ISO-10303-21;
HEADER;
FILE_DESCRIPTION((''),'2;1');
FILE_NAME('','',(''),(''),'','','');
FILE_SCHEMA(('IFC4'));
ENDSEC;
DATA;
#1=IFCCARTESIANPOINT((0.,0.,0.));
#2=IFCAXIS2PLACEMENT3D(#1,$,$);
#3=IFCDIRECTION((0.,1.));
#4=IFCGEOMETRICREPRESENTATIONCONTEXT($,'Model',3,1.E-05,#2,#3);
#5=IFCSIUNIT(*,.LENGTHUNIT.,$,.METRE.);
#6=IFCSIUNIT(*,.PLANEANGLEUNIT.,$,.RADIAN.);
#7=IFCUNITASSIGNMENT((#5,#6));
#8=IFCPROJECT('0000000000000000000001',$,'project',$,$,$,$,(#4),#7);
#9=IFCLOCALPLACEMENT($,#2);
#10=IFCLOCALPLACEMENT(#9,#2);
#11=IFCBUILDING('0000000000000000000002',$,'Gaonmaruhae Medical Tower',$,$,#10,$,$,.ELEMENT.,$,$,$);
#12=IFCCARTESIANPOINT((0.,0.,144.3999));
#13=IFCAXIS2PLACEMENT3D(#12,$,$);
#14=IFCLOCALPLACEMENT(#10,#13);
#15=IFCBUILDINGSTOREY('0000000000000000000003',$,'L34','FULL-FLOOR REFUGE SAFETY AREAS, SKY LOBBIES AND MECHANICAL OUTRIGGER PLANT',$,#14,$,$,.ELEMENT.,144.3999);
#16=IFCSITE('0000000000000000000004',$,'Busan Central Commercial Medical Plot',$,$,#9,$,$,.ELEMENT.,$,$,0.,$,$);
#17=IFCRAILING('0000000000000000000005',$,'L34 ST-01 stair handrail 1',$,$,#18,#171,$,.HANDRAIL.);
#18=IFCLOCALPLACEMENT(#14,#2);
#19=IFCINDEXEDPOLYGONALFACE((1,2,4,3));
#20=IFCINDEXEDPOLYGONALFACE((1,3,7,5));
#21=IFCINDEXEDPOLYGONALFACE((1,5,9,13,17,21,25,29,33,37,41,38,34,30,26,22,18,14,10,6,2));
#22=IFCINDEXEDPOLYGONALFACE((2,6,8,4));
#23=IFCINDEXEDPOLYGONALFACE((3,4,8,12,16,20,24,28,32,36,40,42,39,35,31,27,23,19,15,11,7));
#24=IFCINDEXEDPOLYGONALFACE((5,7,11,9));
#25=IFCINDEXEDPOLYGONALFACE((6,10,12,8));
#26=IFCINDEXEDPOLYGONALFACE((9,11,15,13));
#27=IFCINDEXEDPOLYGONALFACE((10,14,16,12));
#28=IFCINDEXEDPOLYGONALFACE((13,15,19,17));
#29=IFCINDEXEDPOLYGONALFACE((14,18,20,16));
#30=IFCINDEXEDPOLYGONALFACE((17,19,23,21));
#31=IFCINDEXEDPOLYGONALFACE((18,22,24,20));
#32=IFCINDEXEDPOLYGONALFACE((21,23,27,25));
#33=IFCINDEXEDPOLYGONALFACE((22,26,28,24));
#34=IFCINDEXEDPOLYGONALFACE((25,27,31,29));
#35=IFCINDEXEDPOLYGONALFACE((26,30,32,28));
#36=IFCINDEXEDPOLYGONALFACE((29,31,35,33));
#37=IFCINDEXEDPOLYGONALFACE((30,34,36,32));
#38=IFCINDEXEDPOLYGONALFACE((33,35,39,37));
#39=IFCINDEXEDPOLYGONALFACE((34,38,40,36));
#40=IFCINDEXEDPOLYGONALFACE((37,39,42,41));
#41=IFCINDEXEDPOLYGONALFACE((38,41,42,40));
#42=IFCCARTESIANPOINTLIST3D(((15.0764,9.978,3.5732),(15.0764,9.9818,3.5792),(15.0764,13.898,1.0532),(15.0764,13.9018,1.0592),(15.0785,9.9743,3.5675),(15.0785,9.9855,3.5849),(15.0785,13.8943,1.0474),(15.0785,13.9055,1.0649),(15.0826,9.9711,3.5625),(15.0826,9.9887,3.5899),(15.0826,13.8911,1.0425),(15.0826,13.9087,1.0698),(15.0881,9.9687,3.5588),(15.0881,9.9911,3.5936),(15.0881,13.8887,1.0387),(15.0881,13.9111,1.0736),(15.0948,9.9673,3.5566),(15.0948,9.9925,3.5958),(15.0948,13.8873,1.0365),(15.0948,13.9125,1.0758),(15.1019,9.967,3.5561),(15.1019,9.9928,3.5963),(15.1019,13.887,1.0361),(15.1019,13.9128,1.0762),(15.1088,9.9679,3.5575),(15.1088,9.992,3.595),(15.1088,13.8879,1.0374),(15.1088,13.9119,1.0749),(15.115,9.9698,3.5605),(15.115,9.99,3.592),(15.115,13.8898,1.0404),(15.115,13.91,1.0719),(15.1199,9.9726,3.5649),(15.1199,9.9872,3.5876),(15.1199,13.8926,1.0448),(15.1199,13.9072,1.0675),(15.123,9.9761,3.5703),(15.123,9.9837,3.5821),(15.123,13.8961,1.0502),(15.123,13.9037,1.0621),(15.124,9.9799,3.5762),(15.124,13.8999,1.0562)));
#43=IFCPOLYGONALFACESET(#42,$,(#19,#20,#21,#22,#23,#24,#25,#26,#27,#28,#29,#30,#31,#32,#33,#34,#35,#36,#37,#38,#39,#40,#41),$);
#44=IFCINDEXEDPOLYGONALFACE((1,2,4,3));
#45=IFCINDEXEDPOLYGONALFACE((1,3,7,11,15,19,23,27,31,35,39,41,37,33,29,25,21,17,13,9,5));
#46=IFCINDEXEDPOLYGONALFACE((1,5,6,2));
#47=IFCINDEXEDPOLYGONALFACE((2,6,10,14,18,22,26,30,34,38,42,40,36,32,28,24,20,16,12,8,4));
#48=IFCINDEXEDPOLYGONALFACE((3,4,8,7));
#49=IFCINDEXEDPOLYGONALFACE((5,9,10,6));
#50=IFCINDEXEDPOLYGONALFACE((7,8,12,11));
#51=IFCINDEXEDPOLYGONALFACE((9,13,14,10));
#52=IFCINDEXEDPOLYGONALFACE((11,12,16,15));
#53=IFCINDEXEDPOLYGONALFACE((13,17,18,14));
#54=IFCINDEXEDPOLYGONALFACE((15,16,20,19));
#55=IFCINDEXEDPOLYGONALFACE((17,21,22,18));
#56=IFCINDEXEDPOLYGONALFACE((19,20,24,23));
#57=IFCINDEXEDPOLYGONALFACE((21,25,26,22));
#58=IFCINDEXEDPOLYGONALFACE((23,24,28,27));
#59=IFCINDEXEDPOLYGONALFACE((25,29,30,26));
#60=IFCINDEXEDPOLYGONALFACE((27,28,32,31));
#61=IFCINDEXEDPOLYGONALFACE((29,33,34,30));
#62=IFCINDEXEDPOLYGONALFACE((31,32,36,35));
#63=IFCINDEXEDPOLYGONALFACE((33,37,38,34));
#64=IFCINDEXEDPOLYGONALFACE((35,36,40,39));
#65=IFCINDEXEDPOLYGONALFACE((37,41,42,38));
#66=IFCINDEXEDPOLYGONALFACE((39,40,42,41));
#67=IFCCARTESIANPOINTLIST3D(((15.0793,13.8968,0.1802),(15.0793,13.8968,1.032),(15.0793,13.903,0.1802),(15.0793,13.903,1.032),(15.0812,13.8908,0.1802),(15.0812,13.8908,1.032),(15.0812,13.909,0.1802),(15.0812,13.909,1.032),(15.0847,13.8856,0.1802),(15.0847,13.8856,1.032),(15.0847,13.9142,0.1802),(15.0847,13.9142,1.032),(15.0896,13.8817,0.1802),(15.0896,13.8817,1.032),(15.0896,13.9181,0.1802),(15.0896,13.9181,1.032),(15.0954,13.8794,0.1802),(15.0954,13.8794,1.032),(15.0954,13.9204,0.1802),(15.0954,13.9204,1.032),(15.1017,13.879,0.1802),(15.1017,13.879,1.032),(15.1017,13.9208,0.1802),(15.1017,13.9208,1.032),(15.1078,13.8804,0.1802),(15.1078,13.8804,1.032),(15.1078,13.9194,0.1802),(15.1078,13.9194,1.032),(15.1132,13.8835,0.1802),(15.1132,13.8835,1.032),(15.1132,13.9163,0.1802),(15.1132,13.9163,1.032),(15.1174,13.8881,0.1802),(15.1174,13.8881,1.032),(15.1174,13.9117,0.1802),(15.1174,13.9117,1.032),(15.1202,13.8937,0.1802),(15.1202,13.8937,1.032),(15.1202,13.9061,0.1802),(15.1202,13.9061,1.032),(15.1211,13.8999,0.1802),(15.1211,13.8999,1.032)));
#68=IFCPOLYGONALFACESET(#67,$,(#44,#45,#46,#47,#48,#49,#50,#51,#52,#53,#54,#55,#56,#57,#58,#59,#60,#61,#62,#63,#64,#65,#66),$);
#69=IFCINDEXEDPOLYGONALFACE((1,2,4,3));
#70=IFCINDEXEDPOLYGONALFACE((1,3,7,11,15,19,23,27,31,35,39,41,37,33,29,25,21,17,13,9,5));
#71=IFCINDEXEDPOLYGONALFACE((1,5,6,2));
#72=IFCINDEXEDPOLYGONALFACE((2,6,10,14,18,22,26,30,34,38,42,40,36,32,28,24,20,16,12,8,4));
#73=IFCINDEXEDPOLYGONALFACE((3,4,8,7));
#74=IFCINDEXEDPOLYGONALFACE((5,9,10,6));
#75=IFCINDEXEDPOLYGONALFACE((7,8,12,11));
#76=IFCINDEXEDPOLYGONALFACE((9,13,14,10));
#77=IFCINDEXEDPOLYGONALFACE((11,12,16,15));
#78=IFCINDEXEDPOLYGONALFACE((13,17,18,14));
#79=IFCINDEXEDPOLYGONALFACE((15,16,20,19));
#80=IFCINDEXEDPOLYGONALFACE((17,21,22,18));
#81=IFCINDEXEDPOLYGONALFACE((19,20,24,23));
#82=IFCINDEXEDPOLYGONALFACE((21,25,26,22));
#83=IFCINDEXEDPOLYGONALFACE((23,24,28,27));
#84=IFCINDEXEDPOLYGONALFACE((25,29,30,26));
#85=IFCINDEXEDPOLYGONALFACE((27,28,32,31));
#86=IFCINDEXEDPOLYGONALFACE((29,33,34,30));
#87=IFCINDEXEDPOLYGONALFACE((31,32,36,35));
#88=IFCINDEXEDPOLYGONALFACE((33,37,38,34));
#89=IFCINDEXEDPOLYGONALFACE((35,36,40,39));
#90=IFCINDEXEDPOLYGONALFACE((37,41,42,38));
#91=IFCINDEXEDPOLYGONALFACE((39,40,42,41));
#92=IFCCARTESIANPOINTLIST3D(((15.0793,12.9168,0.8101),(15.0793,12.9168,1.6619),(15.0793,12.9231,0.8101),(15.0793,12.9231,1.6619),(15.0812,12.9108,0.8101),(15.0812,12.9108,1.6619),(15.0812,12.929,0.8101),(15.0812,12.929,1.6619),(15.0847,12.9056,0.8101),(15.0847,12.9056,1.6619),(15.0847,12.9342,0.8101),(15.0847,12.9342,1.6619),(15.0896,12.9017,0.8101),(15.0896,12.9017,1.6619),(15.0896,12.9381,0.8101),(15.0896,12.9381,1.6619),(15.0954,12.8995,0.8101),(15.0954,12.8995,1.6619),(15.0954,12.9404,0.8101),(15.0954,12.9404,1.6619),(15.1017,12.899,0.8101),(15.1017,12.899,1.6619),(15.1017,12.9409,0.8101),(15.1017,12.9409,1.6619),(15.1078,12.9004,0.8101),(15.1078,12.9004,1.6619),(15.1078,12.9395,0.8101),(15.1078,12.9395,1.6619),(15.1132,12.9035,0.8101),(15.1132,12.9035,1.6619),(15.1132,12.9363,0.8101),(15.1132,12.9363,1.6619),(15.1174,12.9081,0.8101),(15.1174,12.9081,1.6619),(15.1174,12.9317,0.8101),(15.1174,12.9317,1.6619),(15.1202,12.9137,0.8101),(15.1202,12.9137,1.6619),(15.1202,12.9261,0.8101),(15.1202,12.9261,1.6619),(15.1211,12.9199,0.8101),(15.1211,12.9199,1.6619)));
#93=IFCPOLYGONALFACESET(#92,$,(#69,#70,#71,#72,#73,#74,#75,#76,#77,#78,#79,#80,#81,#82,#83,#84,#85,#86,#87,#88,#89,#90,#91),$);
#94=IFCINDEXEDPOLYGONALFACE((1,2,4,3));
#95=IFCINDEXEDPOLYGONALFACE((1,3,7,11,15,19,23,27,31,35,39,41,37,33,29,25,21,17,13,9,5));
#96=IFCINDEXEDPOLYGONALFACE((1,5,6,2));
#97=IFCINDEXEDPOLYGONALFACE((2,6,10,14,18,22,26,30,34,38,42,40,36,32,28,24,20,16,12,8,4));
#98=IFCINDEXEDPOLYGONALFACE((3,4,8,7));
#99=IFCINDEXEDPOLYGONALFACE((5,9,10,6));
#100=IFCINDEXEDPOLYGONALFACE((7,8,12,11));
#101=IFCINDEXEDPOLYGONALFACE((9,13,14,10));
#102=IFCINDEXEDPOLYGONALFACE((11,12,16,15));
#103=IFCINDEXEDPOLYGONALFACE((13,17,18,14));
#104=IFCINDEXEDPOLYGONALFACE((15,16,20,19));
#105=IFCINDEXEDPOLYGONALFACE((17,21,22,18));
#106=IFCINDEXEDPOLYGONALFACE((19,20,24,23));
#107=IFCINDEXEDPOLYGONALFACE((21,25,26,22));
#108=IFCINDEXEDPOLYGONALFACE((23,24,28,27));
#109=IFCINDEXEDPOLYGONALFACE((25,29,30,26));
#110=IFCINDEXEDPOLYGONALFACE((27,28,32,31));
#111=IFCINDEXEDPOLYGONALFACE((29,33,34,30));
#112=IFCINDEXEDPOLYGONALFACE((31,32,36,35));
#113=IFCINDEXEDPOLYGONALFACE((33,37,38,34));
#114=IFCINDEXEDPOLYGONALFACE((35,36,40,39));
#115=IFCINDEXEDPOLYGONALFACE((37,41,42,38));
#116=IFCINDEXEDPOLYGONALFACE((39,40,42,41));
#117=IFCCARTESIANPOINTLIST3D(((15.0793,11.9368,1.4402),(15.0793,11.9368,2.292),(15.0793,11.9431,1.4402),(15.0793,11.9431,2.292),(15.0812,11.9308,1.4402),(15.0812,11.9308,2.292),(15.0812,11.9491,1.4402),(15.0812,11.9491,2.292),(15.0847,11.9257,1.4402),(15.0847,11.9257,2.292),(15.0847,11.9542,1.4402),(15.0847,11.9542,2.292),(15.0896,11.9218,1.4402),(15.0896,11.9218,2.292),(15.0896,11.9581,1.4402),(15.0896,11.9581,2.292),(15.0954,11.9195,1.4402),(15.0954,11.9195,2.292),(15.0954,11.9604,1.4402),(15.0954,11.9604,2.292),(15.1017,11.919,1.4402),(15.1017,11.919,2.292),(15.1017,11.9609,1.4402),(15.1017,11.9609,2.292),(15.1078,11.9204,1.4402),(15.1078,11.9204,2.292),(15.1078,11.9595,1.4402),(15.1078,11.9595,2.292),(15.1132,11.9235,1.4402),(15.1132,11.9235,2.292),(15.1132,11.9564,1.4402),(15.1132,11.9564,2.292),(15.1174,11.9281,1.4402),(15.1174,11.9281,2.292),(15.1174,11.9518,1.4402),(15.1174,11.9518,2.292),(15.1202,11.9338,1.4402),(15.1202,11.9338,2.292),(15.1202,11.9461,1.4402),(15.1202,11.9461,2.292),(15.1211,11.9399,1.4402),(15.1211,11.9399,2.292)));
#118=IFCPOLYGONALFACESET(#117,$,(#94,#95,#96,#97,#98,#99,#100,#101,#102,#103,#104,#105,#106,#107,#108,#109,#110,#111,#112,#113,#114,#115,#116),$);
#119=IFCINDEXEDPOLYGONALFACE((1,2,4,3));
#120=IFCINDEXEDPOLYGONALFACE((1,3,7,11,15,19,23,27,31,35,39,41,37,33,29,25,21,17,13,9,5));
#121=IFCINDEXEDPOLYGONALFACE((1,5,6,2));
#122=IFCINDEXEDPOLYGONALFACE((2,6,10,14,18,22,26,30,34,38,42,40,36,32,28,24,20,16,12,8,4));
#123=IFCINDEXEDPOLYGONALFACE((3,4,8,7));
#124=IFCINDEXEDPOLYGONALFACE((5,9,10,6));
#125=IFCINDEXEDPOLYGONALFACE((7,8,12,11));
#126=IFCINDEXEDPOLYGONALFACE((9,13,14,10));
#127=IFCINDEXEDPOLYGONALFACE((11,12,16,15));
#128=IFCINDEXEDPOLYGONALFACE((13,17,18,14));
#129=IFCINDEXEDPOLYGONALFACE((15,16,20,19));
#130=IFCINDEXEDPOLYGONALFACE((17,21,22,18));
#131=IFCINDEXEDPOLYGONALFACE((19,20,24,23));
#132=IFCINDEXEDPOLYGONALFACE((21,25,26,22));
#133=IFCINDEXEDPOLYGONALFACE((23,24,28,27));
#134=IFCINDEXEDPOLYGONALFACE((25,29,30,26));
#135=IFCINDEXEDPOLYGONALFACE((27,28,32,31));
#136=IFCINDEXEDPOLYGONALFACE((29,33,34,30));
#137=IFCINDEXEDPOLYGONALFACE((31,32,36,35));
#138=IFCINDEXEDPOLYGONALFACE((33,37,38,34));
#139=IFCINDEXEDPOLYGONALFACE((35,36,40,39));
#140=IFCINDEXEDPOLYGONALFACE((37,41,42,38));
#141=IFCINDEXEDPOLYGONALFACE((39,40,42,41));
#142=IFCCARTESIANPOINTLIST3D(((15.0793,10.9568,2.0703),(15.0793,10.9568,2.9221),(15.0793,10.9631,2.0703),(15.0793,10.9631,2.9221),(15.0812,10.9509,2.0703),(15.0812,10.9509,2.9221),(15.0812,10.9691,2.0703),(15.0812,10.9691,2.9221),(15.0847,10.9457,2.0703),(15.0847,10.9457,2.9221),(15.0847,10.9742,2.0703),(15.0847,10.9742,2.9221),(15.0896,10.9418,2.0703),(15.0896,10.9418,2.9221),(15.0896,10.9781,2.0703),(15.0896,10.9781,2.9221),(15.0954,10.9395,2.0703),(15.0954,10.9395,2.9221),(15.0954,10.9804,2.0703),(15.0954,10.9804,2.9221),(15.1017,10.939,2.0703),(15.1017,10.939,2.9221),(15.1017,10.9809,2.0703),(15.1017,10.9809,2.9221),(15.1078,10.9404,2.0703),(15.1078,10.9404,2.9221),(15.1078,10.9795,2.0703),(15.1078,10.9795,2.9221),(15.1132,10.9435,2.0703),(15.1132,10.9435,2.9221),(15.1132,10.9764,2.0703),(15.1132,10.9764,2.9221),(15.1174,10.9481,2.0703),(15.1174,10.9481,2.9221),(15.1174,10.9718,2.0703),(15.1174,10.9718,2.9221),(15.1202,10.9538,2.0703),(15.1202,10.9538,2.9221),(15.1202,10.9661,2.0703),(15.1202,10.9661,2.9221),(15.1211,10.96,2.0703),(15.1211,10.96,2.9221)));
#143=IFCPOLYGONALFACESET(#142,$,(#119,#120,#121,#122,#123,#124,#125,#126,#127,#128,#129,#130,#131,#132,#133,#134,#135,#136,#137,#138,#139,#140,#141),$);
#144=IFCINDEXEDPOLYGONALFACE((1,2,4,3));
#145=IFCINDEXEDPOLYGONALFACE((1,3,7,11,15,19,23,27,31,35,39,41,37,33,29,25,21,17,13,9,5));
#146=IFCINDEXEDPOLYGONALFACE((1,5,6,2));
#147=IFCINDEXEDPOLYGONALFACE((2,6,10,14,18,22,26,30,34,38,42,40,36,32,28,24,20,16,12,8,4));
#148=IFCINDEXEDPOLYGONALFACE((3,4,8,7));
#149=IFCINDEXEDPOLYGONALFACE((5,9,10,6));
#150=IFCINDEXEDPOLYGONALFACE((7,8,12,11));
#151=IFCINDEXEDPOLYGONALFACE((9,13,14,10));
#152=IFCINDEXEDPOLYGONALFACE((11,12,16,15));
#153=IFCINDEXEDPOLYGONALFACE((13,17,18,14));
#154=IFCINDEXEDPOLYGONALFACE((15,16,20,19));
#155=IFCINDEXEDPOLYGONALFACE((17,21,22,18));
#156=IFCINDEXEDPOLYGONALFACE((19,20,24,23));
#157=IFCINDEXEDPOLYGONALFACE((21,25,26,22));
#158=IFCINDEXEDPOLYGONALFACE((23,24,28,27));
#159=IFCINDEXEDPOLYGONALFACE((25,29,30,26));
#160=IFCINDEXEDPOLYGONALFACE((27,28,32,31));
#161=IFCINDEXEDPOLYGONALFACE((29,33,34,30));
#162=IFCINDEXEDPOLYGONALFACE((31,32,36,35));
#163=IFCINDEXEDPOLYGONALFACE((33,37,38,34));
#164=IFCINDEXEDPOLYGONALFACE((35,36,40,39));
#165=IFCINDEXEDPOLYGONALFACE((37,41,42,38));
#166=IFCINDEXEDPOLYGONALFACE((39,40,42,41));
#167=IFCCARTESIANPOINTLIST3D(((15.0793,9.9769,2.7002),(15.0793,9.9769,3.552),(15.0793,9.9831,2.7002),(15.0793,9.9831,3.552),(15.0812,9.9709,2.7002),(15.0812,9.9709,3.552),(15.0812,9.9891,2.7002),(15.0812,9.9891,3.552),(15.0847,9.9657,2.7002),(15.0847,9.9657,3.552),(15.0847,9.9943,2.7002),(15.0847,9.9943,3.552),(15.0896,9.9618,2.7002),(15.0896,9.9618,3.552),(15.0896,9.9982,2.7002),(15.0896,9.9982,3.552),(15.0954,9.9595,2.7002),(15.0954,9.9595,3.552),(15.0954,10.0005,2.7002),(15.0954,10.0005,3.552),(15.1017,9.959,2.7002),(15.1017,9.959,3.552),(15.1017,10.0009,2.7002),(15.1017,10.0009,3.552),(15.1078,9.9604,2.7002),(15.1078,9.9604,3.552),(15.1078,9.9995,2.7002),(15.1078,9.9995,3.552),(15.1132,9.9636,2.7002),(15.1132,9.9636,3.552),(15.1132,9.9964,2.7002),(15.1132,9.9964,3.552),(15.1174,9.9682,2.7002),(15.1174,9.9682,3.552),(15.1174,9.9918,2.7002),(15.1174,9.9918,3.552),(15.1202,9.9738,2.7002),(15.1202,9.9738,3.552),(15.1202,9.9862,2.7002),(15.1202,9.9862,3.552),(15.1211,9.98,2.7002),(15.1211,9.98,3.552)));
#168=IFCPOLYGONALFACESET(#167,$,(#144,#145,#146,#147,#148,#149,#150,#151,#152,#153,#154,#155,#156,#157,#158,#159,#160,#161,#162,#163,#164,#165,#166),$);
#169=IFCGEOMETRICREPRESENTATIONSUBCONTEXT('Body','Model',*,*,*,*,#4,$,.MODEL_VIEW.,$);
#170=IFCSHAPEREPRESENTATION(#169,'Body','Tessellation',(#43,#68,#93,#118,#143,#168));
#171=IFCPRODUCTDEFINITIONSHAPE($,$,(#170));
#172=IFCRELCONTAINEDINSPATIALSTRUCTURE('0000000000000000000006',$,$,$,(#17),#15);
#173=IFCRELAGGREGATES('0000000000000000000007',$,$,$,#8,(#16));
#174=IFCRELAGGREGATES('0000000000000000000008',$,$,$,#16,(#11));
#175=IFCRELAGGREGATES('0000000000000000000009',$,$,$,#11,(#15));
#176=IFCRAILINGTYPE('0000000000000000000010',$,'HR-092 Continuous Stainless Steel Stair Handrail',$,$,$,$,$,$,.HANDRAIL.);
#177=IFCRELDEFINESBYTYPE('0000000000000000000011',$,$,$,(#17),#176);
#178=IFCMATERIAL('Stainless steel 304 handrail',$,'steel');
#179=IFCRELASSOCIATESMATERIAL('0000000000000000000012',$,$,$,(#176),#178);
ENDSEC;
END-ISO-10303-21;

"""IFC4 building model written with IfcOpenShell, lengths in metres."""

from ifc_helpers import new_model, si_unit, direction, frame, origin, origin_2d, place, context, subcontext, project, spatial, circle, extrude, material, type_object, element, save


model = new_model("IFC4")

# Units and contexts
model_context = context("Model", 3, precision=1e-05, world=origin(), true_north=direction((0.0, 1.0)))
body_context = subcontext(model_context, "Body", "Model", "MODEL_VIEW")
ifc_project = project(units=[si_unit("LENGTHUNIT", "METRE"), si_unit("PLANEANGLEUNIT", "RADIAN")], contexts=[model_context])

# Site, building, storey
site_placement = place(None, origin())
site = spatial("IfcSite", under=ifc_project, at=site_placement, Name="Busan Central Commercial Medical Plot", CompositionType="ELEMENT", RefElevation=0.0)
building_placement = place(site_placement, origin())
building = spatial("IfcBuilding", under=site, at=building_placement, Name="Gaonmaruhae Medical Tower", CompositionType="ELEMENT")
storey_placement = place(building_placement, frame((0.0, 0.0, 144.3999)))
storey = spatial("IfcBuildingStorey", under=building, at=storey_placement, Name="L34", Description="FULL-FLOOR REFUGE SAFETY AREAS, SKY LOBBIES AND MECHANICAL OUTRIGGER PLANT", CompositionType="ELEMENT", Elevation=144.3999)

# Railing
ifc_material_1 = material(Name="Stainless steel 304 handrail", Category="steel")
railing_type_1 = type_object("IfcRailingType", Name="HR-092 Continuous Stainless Steel Stair Handrail", PredefinedType="HANDRAIL", material=ifc_material_1)
railing_1_placement = place(storey_placement, frame((15.1001, 13.8999, 0.1802)))
element("IfcRailing", 1, at=railing_1_placement, inside=storey, type_object=railing_type_1, Name="L34 ST-01 stair handrail 1", PredefinedType="HANDRAIL", context=body_context, shape_type="SweptSolid", body=[
    extrude(circle(Radius=0.0239, at=origin_2d()), frame((0.0, 0.0, 0.876), z_axis=(0.0, -0.841172, 0.540768), x_axis=(1.0, 0.0, 0.0)), (0.0, 0.0, 1.0), 4.6602),
    extrude(circle(Radius=0.021, at=origin_2d()), origin(), (0.0, 0.0, 1.0), 0.8518),
    extrude(circle(Radius=0.021, at=origin_2d()), frame((0.0, -0.98, 0.6299)), (0.0, 0.0, 1.0), 0.8518),
    extrude(circle(Radius=0.021, at=origin_2d()), frame((0.0, -1.96, 1.26)), (0.0, 0.0, 1.0), 0.8518),
    extrude(circle(Radius=0.021, at=origin_2d()), frame((0.0, -2.9399, 1.8901)), (0.0, 0.0, 1.0), 0.8518),
    extrude(circle(Radius=0.021, at=origin_2d()), frame((0.0, -3.9199, 2.52)), (0.0, 0.0, 1.0), 0.8518),
])

save(model, "model.ifc")
